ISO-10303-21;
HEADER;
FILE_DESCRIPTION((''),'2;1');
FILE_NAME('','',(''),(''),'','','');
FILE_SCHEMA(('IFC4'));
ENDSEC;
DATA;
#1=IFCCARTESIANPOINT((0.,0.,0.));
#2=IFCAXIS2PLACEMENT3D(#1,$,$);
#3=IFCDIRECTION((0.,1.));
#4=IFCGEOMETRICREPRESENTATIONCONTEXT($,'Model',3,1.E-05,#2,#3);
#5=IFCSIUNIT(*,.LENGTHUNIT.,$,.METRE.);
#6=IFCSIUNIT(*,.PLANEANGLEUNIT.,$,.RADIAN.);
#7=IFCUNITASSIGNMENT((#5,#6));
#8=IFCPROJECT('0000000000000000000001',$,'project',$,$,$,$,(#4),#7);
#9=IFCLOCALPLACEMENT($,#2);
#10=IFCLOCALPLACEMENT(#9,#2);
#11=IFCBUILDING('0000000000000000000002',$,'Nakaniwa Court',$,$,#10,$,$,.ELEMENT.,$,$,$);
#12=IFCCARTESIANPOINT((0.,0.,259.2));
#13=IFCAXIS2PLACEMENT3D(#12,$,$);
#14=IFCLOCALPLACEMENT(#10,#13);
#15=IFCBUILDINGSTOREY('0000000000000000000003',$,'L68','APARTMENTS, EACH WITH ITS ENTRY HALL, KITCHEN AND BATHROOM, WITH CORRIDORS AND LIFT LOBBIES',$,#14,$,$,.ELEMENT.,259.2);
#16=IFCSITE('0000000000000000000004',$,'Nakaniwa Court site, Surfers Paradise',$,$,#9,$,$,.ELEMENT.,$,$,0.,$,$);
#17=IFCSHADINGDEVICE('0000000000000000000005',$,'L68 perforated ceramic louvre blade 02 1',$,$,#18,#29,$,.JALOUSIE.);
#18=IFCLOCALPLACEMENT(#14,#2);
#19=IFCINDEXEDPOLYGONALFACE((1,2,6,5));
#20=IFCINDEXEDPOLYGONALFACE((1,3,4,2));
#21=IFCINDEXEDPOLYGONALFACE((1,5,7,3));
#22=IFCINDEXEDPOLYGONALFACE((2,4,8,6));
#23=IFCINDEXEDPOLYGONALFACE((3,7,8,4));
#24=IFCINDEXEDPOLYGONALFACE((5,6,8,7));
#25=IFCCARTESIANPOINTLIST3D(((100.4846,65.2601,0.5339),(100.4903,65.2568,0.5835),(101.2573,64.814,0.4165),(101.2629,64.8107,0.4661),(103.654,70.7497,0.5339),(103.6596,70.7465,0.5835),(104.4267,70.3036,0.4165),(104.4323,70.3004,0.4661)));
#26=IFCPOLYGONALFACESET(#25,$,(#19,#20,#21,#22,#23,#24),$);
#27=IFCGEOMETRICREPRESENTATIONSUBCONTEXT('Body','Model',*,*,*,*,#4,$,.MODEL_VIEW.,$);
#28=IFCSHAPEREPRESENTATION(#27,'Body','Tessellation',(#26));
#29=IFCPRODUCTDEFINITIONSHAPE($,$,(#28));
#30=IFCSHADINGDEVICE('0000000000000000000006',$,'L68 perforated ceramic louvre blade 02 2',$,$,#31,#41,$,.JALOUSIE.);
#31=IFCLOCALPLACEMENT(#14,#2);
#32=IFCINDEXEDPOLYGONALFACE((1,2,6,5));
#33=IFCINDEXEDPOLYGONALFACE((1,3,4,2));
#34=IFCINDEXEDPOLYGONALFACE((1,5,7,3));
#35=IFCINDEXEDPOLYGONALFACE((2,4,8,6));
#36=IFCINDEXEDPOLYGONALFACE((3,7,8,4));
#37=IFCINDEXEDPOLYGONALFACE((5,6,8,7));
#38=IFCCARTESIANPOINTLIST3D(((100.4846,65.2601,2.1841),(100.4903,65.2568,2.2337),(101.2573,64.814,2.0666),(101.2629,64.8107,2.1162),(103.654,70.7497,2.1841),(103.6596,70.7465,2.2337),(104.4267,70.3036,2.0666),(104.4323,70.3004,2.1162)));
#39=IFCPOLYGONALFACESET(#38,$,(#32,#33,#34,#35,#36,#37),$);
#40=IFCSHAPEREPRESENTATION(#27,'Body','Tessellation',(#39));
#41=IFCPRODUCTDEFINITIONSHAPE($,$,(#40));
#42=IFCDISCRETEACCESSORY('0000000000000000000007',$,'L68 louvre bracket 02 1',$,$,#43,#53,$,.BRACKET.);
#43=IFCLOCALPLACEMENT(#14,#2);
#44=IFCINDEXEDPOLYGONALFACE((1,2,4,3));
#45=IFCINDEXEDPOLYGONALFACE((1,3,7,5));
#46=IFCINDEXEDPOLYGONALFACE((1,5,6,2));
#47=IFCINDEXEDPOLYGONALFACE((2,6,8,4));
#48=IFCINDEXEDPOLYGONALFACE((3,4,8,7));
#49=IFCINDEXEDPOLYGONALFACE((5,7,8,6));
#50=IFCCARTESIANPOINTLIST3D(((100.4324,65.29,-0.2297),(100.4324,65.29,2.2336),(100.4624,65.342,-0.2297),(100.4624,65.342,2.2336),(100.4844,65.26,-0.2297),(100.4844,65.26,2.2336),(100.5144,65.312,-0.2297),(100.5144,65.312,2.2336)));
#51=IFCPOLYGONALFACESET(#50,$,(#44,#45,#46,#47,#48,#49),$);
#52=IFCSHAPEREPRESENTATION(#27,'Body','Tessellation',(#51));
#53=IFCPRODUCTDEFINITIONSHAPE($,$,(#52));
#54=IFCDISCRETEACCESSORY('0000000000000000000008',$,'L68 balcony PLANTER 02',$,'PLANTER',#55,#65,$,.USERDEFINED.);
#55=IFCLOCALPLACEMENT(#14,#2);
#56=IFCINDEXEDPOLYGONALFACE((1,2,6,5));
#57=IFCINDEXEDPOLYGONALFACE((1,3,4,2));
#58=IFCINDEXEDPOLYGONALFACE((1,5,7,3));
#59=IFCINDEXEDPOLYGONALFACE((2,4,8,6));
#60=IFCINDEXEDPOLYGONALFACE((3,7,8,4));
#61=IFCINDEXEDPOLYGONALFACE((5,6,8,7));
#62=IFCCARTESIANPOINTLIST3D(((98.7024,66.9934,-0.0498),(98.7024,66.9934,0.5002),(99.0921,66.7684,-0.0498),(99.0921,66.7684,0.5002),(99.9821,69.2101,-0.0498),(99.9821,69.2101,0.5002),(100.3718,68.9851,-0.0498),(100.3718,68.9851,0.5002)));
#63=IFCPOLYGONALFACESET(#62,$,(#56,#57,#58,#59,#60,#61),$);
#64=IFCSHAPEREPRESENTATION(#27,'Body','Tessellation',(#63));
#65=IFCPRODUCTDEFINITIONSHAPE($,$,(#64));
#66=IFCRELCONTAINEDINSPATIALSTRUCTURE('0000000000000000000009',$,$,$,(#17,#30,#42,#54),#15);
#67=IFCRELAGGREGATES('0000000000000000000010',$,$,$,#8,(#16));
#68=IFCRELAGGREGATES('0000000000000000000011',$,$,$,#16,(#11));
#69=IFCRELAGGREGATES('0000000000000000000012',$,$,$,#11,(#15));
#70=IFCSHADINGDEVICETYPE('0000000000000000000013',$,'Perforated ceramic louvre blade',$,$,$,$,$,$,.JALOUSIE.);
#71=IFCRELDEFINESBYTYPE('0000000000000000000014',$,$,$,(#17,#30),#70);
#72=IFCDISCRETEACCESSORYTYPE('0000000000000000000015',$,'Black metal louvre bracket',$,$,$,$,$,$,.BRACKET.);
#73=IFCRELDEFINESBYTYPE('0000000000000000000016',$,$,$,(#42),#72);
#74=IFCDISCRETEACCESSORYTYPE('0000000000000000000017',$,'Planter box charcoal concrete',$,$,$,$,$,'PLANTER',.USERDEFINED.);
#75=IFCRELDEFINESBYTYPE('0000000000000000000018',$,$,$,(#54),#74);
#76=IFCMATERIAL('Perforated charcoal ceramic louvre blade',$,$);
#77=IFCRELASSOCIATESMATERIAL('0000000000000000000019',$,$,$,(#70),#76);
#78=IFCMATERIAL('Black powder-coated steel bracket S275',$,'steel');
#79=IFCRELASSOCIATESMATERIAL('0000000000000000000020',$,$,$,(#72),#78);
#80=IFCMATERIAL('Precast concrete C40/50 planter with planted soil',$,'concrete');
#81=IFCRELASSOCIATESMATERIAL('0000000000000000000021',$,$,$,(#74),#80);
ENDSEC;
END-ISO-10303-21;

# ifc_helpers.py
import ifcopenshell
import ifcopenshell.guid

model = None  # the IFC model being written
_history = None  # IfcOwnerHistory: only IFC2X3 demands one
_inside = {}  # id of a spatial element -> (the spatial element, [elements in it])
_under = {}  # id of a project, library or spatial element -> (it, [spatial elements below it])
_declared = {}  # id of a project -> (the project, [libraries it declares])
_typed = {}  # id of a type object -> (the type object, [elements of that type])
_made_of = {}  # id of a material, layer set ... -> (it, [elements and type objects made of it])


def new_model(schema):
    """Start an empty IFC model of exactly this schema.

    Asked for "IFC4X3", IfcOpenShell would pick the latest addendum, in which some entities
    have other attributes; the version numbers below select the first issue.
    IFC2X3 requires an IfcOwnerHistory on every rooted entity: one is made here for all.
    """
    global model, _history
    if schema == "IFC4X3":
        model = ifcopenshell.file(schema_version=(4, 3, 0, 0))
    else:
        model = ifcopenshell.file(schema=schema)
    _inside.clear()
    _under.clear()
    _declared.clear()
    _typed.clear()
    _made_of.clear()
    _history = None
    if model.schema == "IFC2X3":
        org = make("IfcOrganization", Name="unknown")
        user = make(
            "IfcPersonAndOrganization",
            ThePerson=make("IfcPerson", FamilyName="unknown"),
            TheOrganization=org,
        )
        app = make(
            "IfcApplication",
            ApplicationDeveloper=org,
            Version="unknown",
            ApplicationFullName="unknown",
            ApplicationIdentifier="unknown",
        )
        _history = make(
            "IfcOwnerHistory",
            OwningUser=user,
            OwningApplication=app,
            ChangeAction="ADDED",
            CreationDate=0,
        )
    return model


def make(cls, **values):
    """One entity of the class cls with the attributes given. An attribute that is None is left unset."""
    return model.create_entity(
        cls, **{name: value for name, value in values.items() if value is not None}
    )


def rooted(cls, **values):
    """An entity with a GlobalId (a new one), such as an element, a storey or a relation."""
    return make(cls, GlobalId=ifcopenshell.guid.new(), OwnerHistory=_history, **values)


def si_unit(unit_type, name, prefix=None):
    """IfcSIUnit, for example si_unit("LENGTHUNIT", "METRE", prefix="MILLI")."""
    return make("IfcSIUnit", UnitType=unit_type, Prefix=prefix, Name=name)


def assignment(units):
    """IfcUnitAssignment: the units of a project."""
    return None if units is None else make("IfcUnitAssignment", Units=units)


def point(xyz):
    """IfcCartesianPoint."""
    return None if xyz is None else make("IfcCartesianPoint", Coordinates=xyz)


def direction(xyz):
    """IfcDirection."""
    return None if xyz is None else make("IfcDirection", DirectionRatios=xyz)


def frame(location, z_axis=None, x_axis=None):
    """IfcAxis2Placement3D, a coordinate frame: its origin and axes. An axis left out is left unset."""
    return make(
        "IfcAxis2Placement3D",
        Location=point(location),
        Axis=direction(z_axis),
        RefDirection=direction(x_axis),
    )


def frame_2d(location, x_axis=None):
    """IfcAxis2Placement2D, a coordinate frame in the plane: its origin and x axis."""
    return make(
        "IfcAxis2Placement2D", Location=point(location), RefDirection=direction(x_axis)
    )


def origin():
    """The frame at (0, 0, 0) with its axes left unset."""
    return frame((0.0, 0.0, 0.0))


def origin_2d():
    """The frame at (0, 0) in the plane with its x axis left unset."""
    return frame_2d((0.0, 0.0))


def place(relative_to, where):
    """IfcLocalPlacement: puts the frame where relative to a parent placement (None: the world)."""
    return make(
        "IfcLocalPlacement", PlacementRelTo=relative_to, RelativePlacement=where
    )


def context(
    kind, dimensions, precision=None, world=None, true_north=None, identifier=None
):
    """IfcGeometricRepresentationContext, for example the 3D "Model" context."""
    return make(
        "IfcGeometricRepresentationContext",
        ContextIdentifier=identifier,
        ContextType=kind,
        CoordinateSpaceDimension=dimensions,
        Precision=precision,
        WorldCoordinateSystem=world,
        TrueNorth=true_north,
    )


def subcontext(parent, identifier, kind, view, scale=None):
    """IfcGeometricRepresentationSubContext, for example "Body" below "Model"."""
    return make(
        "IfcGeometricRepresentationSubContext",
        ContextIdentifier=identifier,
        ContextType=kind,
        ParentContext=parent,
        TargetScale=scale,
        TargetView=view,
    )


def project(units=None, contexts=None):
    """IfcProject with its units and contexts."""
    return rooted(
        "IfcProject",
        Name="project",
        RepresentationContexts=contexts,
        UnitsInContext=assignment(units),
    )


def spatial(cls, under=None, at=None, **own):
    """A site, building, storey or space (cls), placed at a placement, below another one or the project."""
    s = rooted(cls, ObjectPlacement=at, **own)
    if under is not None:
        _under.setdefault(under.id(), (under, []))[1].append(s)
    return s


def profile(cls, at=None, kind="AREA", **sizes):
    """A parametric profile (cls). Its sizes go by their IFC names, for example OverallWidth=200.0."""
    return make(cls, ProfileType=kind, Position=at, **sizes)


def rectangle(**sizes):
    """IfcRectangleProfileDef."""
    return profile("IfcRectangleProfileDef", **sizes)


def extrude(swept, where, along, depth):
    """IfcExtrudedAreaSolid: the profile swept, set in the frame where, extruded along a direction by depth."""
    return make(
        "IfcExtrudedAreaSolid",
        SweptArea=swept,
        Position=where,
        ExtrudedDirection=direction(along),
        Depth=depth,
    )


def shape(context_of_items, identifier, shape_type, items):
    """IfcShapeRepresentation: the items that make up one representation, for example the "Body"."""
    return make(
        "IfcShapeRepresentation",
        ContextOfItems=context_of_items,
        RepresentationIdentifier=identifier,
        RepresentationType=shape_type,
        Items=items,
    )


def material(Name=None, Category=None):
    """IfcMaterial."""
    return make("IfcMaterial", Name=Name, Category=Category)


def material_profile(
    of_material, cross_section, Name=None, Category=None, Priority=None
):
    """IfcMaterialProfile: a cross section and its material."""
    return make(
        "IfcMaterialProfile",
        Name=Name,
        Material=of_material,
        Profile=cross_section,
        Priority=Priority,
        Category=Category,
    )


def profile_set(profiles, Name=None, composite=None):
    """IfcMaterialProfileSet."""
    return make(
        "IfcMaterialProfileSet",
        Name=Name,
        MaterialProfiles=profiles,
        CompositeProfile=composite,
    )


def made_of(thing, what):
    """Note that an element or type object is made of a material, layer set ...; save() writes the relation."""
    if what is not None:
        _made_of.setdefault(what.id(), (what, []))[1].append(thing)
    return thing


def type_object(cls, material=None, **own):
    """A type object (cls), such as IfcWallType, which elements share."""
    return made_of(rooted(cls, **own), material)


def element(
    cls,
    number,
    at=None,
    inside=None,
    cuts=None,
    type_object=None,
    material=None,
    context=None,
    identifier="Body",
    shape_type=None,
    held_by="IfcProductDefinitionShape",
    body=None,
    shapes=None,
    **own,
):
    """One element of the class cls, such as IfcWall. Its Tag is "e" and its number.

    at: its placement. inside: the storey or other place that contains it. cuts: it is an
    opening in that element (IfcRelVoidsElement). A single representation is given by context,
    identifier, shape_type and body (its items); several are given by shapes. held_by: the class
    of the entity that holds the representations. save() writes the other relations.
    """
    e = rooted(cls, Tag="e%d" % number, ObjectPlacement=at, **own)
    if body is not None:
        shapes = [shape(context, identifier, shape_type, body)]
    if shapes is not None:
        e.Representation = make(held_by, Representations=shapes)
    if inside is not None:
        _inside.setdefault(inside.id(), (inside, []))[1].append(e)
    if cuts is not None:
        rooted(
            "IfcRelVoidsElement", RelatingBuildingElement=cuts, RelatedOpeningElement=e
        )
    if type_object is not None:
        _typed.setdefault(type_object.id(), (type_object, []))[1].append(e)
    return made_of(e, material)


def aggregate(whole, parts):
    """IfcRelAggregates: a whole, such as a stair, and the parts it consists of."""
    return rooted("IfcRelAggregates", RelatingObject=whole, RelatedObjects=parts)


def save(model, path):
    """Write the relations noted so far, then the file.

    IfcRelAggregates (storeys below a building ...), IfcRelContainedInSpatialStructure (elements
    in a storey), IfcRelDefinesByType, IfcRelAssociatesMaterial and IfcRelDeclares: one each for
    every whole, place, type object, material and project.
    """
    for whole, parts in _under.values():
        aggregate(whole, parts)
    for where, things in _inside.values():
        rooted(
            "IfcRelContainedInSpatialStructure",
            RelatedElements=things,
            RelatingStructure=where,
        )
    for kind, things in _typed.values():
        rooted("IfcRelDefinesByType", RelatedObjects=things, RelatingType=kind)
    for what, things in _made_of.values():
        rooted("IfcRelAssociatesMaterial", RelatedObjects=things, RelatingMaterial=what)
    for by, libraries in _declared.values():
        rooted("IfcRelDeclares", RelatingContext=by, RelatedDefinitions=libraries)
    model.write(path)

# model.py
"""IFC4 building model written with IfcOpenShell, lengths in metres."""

from ifc_helpers import new_model, si_unit, direction, frame, origin, origin_2d, place, context, subcontext, project, spatial, rectangle, extrude, material, material_profile, profile_set, type_object, element, save


model = new_model("IFC4")

# Units and contexts
model_context = context("Model", 3, precision=1e-05, world=origin(), true_north=direction((0.0, 1.0)))
body_context = subcontext(model_context, "Body", "Model", "MODEL_VIEW")
ifc_project = project(units=[si_unit("LENGTHUNIT", "METRE"), si_unit("PLANEANGLEUNIT", "RADIAN")], contexts=[model_context])

# Site, building, storey
site_placement = place(None, origin())
site = spatial("IfcSite", under=ifc_project, at=site_placement, Name="Nakaniwa Court site, Surfers Paradise", CompositionType="ELEMENT", RefElevation=0.0)
building_placement = place(site_placement, origin())
building = spatial("IfcBuilding", under=site, at=building_placement, Name="Nakaniwa Court", CompositionType="ELEMENT")
storey_placement = place(building_placement, frame((0.0, 0.0, 259.2)))
storey = spatial("IfcBuildingStorey", under=building, at=storey_placement, Name="L68", Description="APARTMENTS, EACH WITH ITS ENTRY HALL, KITCHEN AND BATHROOM, WITH CORRIDORS AND LIFT LOBBIES", CompositionType="ELEMENT", Elevation=259.2)

# Shading devices
ifc_material_1 = material(Name="Perforated charcoal ceramic louvre blade")
ifc_material_profile_1 = material_profile(ifc_material_1, rectangle(XDim=0.8999, YDim=0.05, at=origin_2d()), Name="Perforated ceramic louvre blade")
ifc_profile_set_1 = profile_set([ifc_material_profile_1], Name="Perforated charcoal ceramic louvre blade")
shading_device_type_1 = type_object("IfcShadingDeviceType", Name="Perforated ceramic louvre blade", PredefinedType="JALOUSIE", material=ifc_profile_set_1)
for number, where, z_axis, x_axis, name in (
    (1, (100.8738, 65.0354, 0.5), (0.499991, 0.86603, 0.0), (-0.858621, 0.495714, 0.130526), "L68 perforated ceramic louvre blade 02 1"),
    (2, (100.8738, 65.0354, 2.1501), (0.499991, 0.86603, 0.0), (-0.858621, 0.495714, 0.130526), "L68 perforated ceramic louvre blade 02 2"),
):
    element("IfcShadingDevice", number, at=place(storey_placement, frame(where, z_axis=z_axis, x_axis=x_axis)), inside=storey, type_object=shading_device_type_1, Name=name, PredefinedType="JALOUSIE", context=body_context, shape_type="SweptSolid", body=[
        extrude(rectangle(XDim=0.8999, YDim=0.05, at=origin_2d()), origin(), (0.0, 0.0, 1.0), 6.3389),
    ])

# Discrete accessories
ifc_material_2 = material(Name="Black powder-coated steel bracket S275", Category="steel")
discrete_accessory_type_1 = type_object("IfcDiscreteAccessoryType", Name="Black metal louvre bracket", PredefinedType="BRACKET", material=ifc_material_2)
discrete_accessory_1_placement = place(storey_placement, frame((100.4734, 65.301, -0.2297), z_axis=(0.0, 0.0, 1.0), x_axis=(0.499986, 0.866033, 0.0)))
element("IfcDiscreteAccessory", 3, at=discrete_accessory_1_placement, inside=storey, type_object=discrete_accessory_type_1, Name="L68 louvre bracket 02 1", PredefinedType="BRACKET", context=body_context, shape_type="SweptSolid", body=[
    extrude(rectangle(XDim=0.0601, YDim=0.0601, at=origin_2d()), origin(), (0.0, 0.0, 1.0), 2.4634),
])
ifc_material_3 = material(Name="Precast concrete C40/50 planter with planted soil", Category="concrete")
discrete_accessory_type_2 = type_object("IfcDiscreteAccessoryType", Name="Planter box charcoal concrete", ElementType="PLANTER", PredefinedType="USERDEFINED", material=ifc_material_3)
discrete_accessory_2_placement = place(storey_placement, frame((99.5371, 67.9893, -0.0498), z_axis=(0.0, 0.0, 1.0), x_axis=(0.499986, 0.866033, 0.0)))
element("IfcDiscreteAccessory", 4, at=discrete_accessory_2_placement, inside=storey, type_object=discrete_accessory_type_2, Name="L68 balcony PLANTER 02", ObjectType="PLANTER", PredefinedType="USERDEFINED", context=body_context, shape_type="SweptSolid", body=[
    extrude(rectangle(XDim=2.5596, YDim=0.45, at=origin_2d()), origin(), (0.0, 0.0, 1.0), 0.55),
])

save(model, "model.ifc")
